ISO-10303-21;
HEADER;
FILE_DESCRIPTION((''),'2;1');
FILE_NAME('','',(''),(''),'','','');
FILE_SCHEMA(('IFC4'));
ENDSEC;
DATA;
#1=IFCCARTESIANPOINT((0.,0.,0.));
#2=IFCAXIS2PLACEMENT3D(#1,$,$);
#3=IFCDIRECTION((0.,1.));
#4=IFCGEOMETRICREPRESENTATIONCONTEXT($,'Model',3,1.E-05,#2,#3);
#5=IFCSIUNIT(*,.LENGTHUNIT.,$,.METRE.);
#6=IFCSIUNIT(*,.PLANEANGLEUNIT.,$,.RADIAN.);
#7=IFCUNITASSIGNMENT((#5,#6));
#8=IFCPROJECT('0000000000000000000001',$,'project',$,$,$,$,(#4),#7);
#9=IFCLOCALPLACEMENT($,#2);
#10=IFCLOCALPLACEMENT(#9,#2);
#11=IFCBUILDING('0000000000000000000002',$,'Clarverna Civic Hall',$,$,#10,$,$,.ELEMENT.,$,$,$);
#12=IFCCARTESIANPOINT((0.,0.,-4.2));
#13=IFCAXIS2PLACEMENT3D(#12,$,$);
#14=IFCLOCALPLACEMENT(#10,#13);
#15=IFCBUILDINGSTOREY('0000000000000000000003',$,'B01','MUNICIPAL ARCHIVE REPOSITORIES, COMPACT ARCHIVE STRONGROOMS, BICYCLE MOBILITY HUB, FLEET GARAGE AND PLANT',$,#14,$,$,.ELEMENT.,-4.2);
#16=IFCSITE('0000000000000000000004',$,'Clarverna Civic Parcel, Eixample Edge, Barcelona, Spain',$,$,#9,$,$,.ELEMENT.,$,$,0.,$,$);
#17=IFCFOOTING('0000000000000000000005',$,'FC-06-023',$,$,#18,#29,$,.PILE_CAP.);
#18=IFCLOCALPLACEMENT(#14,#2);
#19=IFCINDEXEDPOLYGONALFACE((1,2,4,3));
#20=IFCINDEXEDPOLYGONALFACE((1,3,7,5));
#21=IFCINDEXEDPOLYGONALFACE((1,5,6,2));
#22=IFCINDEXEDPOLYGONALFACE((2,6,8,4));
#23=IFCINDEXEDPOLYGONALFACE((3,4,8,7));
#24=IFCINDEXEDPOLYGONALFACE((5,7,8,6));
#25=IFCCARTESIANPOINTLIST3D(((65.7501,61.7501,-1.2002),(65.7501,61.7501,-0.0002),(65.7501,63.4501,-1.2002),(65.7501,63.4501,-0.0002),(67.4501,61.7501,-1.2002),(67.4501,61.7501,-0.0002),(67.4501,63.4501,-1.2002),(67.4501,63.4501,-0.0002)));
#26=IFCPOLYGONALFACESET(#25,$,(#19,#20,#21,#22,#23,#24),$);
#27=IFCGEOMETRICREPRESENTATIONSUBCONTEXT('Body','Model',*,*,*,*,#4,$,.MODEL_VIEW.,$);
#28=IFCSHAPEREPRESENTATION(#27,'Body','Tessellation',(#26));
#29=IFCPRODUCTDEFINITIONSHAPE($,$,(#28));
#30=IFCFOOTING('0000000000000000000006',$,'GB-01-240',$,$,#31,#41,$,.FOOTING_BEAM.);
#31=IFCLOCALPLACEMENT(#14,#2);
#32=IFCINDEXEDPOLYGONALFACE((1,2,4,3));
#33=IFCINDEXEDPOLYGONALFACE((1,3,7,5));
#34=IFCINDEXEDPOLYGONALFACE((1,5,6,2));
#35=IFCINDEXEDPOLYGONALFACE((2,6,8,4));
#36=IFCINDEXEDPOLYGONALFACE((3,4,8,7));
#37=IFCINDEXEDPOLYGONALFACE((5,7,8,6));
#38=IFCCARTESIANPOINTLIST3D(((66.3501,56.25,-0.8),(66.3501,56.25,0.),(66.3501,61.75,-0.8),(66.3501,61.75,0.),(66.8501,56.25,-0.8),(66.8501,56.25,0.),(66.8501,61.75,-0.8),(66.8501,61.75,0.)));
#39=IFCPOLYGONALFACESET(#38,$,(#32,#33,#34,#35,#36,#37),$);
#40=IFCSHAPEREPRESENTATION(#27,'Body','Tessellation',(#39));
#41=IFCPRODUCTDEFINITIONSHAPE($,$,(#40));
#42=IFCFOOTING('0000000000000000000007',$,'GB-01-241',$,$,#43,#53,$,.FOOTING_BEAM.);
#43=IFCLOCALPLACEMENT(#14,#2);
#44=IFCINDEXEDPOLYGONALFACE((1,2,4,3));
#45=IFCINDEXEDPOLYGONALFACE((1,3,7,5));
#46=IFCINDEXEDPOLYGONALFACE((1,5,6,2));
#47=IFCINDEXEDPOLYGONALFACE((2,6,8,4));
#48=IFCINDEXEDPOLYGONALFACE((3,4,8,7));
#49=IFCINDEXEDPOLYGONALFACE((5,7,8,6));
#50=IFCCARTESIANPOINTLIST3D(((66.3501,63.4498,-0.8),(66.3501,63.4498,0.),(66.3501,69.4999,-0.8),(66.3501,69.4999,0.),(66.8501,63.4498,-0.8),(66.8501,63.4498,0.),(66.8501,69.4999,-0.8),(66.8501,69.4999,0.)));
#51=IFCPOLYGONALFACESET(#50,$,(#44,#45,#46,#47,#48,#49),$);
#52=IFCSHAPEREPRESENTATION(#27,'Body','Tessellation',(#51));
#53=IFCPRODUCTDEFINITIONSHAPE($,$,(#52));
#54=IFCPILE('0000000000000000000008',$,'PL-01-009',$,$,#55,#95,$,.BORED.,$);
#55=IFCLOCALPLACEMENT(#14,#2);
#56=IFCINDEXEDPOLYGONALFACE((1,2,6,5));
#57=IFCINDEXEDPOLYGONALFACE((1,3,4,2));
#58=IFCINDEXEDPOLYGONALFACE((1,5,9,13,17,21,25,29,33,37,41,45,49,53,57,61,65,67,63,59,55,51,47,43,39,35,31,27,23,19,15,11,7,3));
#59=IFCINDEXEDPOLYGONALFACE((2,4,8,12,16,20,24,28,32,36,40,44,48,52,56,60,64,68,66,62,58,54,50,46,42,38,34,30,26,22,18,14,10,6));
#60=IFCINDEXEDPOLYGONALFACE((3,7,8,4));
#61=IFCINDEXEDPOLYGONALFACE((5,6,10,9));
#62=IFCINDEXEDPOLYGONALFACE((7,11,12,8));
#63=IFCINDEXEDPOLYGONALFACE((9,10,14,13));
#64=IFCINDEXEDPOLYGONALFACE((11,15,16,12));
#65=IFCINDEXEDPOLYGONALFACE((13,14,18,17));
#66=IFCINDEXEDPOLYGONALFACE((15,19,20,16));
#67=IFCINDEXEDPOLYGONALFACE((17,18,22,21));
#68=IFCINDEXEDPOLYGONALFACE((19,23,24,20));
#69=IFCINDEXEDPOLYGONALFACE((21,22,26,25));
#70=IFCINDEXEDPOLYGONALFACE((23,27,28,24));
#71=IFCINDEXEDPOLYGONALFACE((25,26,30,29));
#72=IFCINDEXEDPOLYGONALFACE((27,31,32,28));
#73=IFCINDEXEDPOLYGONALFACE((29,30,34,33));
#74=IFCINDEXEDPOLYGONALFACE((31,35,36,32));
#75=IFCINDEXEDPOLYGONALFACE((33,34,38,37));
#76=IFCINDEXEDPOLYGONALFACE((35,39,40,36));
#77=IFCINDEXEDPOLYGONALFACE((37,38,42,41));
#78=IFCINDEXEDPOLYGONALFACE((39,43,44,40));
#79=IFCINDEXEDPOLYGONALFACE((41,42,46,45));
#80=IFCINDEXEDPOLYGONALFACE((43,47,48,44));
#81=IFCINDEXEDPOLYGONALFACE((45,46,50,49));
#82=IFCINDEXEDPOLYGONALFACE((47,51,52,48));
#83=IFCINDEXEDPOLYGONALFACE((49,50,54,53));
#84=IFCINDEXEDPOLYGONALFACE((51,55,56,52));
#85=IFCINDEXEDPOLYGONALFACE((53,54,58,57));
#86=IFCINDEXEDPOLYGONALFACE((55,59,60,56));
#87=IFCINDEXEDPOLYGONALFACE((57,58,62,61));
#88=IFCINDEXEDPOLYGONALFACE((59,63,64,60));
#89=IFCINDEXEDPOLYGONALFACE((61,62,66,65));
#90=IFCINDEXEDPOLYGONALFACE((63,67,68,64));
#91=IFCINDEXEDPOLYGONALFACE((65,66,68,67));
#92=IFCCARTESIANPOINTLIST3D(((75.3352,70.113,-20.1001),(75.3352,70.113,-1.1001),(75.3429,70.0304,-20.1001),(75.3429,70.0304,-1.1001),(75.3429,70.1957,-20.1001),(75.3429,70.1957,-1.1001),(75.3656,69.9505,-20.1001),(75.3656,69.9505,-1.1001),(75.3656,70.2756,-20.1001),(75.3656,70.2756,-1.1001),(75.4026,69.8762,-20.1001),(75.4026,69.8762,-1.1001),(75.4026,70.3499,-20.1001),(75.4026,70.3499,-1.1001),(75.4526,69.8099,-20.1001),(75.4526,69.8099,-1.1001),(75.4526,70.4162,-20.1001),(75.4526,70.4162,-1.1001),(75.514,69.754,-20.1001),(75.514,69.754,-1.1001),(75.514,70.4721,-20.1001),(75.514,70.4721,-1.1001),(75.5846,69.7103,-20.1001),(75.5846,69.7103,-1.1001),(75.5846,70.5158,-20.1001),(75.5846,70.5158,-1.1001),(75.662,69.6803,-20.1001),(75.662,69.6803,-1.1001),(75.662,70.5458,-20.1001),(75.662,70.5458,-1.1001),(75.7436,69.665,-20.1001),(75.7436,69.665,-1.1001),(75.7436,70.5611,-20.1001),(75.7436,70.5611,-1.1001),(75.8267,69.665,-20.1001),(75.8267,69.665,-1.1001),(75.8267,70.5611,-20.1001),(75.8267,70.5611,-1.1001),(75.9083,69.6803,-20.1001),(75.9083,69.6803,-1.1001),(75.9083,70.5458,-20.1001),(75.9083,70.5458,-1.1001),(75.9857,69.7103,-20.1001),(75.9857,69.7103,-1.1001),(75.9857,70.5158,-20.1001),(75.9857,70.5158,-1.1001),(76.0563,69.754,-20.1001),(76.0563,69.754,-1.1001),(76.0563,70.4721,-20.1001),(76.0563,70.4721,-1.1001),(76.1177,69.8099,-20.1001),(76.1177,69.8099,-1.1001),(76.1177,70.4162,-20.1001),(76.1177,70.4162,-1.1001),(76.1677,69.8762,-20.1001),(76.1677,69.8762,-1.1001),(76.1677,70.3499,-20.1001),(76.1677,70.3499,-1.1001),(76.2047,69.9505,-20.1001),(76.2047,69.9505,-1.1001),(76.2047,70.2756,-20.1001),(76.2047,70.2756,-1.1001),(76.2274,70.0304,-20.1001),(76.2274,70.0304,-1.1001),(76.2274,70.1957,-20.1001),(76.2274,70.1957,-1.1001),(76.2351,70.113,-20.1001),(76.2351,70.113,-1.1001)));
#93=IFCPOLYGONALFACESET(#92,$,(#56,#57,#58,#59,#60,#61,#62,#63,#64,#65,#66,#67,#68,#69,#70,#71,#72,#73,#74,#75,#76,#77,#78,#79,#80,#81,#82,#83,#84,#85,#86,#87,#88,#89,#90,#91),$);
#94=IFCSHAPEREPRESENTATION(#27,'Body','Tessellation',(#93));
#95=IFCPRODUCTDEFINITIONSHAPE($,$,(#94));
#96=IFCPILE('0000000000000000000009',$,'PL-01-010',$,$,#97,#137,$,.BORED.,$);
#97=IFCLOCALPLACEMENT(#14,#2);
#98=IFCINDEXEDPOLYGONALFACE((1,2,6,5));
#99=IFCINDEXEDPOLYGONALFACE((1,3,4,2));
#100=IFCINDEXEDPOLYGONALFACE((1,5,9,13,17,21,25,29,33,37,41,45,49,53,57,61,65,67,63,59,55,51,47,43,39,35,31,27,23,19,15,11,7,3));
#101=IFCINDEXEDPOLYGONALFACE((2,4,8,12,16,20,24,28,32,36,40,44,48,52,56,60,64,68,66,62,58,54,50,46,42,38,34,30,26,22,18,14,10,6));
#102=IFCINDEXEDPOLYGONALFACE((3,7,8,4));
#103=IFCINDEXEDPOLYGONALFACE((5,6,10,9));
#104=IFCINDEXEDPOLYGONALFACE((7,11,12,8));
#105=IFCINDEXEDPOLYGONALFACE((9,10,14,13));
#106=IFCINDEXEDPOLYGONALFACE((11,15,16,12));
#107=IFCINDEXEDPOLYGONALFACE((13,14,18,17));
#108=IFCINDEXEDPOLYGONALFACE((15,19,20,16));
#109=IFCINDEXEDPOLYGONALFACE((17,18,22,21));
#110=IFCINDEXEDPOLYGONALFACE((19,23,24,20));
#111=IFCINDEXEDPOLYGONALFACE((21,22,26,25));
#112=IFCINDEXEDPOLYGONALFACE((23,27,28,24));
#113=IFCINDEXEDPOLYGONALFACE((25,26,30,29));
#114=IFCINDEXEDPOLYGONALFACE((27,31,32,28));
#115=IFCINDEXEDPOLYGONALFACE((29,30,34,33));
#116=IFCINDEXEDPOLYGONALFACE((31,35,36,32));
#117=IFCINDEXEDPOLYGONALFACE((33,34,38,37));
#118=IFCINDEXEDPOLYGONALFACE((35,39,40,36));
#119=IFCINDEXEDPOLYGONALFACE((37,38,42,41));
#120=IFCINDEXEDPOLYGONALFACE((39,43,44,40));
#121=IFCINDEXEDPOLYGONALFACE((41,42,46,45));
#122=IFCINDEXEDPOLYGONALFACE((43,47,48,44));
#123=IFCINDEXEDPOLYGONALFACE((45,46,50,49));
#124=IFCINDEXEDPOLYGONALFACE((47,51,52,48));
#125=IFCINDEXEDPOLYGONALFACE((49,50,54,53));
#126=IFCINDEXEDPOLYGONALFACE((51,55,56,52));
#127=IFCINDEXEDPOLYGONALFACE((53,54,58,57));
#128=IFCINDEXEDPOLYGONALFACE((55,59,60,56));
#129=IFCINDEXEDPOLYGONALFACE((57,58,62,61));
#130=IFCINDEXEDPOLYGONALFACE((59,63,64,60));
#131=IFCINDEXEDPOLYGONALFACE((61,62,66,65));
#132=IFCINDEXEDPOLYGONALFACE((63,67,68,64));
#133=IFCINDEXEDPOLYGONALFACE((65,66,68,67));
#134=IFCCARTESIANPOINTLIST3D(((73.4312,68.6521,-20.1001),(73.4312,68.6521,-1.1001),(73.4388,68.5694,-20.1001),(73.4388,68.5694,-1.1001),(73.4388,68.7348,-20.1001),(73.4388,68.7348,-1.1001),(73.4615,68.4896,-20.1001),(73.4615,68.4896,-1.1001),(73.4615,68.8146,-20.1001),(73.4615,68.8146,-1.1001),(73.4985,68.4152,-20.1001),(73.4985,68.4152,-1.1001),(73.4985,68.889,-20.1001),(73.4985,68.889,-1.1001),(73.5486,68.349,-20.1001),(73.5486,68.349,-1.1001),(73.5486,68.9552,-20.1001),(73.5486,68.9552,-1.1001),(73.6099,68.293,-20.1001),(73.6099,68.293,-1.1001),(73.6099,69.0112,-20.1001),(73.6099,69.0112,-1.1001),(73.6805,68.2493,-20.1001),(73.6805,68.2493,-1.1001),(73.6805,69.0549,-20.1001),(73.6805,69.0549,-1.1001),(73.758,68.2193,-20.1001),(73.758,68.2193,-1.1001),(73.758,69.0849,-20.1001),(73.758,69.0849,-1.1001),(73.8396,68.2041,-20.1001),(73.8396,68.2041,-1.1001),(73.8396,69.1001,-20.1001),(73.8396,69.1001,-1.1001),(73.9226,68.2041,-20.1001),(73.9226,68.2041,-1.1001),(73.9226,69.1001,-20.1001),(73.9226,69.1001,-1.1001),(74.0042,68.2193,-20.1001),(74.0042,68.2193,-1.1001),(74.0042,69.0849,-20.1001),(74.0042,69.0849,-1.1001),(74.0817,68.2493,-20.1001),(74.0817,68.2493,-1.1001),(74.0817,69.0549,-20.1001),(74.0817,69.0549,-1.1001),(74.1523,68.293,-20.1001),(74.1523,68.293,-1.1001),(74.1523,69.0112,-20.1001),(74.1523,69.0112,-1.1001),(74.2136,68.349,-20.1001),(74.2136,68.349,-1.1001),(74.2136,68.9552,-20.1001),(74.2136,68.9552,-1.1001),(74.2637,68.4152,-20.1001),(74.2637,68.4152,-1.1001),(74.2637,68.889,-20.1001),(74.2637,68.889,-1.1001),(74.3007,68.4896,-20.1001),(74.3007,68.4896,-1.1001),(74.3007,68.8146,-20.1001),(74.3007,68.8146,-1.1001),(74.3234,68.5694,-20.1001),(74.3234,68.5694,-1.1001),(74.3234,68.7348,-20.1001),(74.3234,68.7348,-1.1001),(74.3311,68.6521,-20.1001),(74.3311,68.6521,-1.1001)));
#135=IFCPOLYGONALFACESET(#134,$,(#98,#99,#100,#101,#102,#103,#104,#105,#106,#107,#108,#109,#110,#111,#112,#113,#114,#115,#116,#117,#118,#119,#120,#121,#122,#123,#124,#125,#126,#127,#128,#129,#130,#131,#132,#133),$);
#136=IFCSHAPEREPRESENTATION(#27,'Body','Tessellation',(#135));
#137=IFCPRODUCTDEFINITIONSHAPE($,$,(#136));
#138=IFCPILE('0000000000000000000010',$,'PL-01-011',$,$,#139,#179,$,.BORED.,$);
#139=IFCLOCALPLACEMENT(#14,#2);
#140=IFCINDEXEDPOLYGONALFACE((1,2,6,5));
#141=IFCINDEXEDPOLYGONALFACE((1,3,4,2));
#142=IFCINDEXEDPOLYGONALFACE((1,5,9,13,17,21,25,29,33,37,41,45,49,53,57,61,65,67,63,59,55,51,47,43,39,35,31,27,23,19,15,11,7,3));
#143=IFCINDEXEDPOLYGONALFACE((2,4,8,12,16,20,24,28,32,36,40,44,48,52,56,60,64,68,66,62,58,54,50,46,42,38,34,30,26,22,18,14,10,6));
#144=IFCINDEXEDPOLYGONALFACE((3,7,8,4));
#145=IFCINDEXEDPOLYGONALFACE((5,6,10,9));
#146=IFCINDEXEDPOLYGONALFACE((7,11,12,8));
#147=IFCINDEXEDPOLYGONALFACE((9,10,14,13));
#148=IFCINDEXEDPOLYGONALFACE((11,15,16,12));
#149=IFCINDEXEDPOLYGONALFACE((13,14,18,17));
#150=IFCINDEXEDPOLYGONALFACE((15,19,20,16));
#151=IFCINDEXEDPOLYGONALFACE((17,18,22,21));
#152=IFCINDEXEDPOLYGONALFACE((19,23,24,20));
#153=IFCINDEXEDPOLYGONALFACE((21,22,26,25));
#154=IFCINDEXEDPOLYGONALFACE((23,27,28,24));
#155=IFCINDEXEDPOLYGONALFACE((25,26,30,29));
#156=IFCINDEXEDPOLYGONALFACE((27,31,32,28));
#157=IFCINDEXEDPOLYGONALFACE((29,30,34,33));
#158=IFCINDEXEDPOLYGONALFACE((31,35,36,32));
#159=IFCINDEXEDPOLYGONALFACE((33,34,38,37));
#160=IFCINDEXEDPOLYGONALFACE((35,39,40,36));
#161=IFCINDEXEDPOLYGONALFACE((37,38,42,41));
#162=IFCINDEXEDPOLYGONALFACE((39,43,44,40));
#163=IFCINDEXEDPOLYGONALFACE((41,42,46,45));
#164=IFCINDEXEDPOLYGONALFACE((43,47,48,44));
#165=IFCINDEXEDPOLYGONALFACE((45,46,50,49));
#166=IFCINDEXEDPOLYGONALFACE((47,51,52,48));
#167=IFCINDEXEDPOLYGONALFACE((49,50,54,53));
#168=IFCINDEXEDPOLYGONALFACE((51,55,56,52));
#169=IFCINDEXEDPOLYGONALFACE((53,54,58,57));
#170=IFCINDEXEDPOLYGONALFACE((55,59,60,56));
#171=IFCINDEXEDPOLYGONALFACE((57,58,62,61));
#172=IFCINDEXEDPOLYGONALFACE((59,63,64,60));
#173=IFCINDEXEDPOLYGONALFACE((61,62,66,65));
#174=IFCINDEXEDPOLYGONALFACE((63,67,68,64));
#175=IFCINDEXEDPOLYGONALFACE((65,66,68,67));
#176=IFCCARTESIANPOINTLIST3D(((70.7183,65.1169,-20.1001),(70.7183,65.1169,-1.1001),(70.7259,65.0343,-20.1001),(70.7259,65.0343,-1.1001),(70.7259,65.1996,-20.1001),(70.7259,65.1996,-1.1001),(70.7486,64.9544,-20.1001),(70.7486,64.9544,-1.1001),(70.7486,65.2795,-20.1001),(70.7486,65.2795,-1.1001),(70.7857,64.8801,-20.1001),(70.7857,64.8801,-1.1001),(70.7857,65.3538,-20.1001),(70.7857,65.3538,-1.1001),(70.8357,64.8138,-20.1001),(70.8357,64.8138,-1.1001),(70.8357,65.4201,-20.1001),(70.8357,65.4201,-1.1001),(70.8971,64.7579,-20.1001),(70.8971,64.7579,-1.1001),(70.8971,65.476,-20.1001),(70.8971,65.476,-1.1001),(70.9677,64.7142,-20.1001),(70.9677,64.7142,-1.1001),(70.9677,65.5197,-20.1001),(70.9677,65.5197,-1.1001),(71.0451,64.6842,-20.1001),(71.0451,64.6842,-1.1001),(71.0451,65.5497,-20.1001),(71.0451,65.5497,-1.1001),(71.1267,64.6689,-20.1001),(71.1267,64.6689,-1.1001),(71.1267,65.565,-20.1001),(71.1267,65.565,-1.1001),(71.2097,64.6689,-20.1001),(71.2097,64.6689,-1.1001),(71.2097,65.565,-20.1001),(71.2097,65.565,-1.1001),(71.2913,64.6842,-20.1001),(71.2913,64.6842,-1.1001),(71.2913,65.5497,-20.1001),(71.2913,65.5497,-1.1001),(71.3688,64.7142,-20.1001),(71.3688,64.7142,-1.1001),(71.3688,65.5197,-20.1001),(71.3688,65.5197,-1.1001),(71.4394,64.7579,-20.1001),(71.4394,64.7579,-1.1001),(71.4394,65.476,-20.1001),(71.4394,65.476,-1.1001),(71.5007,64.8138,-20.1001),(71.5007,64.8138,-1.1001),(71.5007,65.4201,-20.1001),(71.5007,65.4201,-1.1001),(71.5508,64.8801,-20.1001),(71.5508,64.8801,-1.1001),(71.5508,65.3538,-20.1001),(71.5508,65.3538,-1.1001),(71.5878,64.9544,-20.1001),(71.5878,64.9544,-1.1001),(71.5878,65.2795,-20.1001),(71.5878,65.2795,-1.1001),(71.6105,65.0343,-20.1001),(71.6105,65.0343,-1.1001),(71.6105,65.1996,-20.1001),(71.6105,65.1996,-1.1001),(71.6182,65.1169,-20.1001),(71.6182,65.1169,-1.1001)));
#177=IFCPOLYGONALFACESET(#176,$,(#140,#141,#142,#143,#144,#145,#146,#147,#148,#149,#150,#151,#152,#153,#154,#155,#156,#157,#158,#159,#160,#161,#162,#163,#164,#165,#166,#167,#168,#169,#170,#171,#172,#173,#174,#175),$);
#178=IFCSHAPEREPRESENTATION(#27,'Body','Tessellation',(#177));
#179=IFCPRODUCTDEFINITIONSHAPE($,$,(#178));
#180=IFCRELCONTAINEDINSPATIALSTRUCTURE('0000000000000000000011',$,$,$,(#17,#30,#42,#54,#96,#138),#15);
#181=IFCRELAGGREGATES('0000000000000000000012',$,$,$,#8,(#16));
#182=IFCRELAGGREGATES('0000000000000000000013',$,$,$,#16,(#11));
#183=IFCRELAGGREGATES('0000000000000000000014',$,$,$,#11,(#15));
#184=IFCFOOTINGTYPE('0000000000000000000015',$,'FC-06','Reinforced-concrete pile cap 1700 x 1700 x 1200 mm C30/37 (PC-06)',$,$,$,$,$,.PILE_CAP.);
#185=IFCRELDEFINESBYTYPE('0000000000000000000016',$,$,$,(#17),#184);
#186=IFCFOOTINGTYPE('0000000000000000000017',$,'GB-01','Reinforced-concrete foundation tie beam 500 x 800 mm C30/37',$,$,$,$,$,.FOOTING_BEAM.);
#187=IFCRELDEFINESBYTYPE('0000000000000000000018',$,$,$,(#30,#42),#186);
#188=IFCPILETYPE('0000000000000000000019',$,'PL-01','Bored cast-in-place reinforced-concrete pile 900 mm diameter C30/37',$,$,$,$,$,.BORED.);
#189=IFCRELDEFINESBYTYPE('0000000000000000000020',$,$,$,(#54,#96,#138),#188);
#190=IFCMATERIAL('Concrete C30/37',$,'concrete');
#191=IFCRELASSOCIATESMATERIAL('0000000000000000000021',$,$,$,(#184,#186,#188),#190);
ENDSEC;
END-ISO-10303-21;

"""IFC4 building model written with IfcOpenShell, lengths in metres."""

from ifc_helpers import new_model, si_unit, direction, frame, frame_2d, origin, origin_2d, place, context, subcontext, project, spatial, rectangle, circle, extrude, material, material_profile, profile_set, type_object, element, save


model = new_model("IFC4")

# Units and contexts
model_context = context("Model", 3, precision=1e-05, world=origin(), true_north=direction((0.0, 1.0)))
body_context = subcontext(model_context, "Body", "Model", "MODEL_VIEW")
ifc_project = project(units=[si_unit("LENGTHUNIT", "METRE"), si_unit("PLANEANGLEUNIT", "RADIAN")], contexts=[model_context])

# Site, building, storey
site_placement = place(None, origin())
site = spatial("IfcSite", under=ifc_project, at=site_placement, Name="Clarverna Civic Parcel, Eixample Edge, Barcelona, Spain", CompositionType="ELEMENT", RefElevation=0.0)
building_placement = place(site_placement, origin())
building = spatial("IfcBuilding", under=site, at=building_placement, Name="Clarverna Civic Hall", CompositionType="ELEMENT")
storey_placement = place(building_placement, frame((0.0, 0.0, -4.2)))
storey = spatial("IfcBuildingStorey", under=building, at=storey_placement, Name="B01", Description="MUNICIPAL ARCHIVE REPOSITORIES, COMPACT ARCHIVE STRONGROOMS, BICYCLE MOBILITY HUB, FLEET GARAGE AND PLANT", CompositionType="ELEMENT", Elevation=-4.2)

# Footings
ifc_material_1 = material(Name="Concrete C30/37", Category="concrete")
footing_type_1 = type_object("IfcFootingType", Name="FC-06", Description="Reinforced-concrete pile cap 1700 x 1700 x 1200 mm C30/37 (PC-06)", PredefinedType="PILE_CAP", material=ifc_material_1)
footing_1_placement = place(storey_placement, frame((66.6001, 62.6001, -1.2002), z_axis=(0.0, 0.0, 1.0), x_axis=(1.0, 0.0, 0.0)))
element("IfcFooting", 1, at=footing_1_placement, inside=storey, type_object=footing_type_1, Name="FC-06-023", PredefinedType="PILE_CAP", context=body_context, shape_type="SweptSolid", body=[
    extrude(rectangle(XDim=1.7, YDim=1.7, at=origin_2d()), origin(), (0.0, 0.0, 1.0), 1.2),
])
footing_type_2 = type_object("IfcFootingType", Name="GB-01", Description="Reinforced-concrete foundation tie beam 500 x 800 mm C30/37", PredefinedType="FOOTING_BEAM", material=ifc_material_1)
footing_2_placement = place(storey_placement, frame((66.6001, 56.25, -0.8), z_axis=(0.0, 0.0, 1.0), x_axis=(0.0, 1.0, 0.0)))
element("IfcFooting", 2, at=footing_2_placement, inside=storey, type_object=footing_type_2, Name="GB-01-240", PredefinedType="FOOTING_BEAM", context=body_context, shape_type="SweptSolid", body=[
    extrude(rectangle(XDim=5.5, YDim=0.5, at=frame_2d((2.75, 0.0))), origin(), (0.0, 0.0, 1.0), 0.8),
])
footing_3_placement = place(storey_placement, frame((66.6001, 63.45, -0.8), z_axis=(0.0, 0.0, 1.0), x_axis=(0.0, 1.0, 0.0)))
element("IfcFooting", 3, at=footing_3_placement, inside=storey, type_object=footing_type_2, Name="GB-01-241", PredefinedType="FOOTING_BEAM", context=body_context, shape_type="SweptSolid", body=[
    extrude(rectangle(XDim=6.05, YDim=0.5, at=frame_2d((3.0249, 0.0))), origin(), (0.0, 0.0, 1.0), 0.8),
])

# Piles
ifc_material_profile_1 = material_profile(ifc_material_1, circle(Radius=0.45, at=origin_2d()), Name="BORED PILE D900")
ifc_profile_set_1 = profile_set([ifc_material_profile_1], Name="Concrete C30/37")
pile_type_1 = type_object("IfcPileType", Name="PL-01", Description="Bored cast-in-place reinforced-concrete pile 900 mm diameter C30/37", PredefinedType="BORED", material=ifc_profile_set_1)
for number, where, z_axis, x_axis, name in (
    (4, (75.7852, 70.113, -1.1001), (0.0, 0.0, -1.0), (1.0, 0.0, 0.0), "PL-01-009"),
    (5, (73.8811, 68.6521, -1.1001), (0.0, 0.0, -1.0), (1.0, 0.0, 0.0), "PL-01-010"),
    (6, (71.1682, 65.1169, -1.1001), (0.0, 0.0, -1.0), (1.0, 0.0, 0.0), "PL-01-011"),
):
    element("IfcPile", number, at=place(storey_placement, frame(where, z_axis=z_axis, x_axis=x_axis)), inside=storey, type_object=pile_type_1, Name=name, PredefinedType="BORED", context=body_context, shape_type="SweptSolid", body=[
        extrude(circle(Radius=0.45, at=origin_2d()), origin(), (0.0, 0.0, 1.0), 19.0),
    ])

save(model, "model.ifc")
